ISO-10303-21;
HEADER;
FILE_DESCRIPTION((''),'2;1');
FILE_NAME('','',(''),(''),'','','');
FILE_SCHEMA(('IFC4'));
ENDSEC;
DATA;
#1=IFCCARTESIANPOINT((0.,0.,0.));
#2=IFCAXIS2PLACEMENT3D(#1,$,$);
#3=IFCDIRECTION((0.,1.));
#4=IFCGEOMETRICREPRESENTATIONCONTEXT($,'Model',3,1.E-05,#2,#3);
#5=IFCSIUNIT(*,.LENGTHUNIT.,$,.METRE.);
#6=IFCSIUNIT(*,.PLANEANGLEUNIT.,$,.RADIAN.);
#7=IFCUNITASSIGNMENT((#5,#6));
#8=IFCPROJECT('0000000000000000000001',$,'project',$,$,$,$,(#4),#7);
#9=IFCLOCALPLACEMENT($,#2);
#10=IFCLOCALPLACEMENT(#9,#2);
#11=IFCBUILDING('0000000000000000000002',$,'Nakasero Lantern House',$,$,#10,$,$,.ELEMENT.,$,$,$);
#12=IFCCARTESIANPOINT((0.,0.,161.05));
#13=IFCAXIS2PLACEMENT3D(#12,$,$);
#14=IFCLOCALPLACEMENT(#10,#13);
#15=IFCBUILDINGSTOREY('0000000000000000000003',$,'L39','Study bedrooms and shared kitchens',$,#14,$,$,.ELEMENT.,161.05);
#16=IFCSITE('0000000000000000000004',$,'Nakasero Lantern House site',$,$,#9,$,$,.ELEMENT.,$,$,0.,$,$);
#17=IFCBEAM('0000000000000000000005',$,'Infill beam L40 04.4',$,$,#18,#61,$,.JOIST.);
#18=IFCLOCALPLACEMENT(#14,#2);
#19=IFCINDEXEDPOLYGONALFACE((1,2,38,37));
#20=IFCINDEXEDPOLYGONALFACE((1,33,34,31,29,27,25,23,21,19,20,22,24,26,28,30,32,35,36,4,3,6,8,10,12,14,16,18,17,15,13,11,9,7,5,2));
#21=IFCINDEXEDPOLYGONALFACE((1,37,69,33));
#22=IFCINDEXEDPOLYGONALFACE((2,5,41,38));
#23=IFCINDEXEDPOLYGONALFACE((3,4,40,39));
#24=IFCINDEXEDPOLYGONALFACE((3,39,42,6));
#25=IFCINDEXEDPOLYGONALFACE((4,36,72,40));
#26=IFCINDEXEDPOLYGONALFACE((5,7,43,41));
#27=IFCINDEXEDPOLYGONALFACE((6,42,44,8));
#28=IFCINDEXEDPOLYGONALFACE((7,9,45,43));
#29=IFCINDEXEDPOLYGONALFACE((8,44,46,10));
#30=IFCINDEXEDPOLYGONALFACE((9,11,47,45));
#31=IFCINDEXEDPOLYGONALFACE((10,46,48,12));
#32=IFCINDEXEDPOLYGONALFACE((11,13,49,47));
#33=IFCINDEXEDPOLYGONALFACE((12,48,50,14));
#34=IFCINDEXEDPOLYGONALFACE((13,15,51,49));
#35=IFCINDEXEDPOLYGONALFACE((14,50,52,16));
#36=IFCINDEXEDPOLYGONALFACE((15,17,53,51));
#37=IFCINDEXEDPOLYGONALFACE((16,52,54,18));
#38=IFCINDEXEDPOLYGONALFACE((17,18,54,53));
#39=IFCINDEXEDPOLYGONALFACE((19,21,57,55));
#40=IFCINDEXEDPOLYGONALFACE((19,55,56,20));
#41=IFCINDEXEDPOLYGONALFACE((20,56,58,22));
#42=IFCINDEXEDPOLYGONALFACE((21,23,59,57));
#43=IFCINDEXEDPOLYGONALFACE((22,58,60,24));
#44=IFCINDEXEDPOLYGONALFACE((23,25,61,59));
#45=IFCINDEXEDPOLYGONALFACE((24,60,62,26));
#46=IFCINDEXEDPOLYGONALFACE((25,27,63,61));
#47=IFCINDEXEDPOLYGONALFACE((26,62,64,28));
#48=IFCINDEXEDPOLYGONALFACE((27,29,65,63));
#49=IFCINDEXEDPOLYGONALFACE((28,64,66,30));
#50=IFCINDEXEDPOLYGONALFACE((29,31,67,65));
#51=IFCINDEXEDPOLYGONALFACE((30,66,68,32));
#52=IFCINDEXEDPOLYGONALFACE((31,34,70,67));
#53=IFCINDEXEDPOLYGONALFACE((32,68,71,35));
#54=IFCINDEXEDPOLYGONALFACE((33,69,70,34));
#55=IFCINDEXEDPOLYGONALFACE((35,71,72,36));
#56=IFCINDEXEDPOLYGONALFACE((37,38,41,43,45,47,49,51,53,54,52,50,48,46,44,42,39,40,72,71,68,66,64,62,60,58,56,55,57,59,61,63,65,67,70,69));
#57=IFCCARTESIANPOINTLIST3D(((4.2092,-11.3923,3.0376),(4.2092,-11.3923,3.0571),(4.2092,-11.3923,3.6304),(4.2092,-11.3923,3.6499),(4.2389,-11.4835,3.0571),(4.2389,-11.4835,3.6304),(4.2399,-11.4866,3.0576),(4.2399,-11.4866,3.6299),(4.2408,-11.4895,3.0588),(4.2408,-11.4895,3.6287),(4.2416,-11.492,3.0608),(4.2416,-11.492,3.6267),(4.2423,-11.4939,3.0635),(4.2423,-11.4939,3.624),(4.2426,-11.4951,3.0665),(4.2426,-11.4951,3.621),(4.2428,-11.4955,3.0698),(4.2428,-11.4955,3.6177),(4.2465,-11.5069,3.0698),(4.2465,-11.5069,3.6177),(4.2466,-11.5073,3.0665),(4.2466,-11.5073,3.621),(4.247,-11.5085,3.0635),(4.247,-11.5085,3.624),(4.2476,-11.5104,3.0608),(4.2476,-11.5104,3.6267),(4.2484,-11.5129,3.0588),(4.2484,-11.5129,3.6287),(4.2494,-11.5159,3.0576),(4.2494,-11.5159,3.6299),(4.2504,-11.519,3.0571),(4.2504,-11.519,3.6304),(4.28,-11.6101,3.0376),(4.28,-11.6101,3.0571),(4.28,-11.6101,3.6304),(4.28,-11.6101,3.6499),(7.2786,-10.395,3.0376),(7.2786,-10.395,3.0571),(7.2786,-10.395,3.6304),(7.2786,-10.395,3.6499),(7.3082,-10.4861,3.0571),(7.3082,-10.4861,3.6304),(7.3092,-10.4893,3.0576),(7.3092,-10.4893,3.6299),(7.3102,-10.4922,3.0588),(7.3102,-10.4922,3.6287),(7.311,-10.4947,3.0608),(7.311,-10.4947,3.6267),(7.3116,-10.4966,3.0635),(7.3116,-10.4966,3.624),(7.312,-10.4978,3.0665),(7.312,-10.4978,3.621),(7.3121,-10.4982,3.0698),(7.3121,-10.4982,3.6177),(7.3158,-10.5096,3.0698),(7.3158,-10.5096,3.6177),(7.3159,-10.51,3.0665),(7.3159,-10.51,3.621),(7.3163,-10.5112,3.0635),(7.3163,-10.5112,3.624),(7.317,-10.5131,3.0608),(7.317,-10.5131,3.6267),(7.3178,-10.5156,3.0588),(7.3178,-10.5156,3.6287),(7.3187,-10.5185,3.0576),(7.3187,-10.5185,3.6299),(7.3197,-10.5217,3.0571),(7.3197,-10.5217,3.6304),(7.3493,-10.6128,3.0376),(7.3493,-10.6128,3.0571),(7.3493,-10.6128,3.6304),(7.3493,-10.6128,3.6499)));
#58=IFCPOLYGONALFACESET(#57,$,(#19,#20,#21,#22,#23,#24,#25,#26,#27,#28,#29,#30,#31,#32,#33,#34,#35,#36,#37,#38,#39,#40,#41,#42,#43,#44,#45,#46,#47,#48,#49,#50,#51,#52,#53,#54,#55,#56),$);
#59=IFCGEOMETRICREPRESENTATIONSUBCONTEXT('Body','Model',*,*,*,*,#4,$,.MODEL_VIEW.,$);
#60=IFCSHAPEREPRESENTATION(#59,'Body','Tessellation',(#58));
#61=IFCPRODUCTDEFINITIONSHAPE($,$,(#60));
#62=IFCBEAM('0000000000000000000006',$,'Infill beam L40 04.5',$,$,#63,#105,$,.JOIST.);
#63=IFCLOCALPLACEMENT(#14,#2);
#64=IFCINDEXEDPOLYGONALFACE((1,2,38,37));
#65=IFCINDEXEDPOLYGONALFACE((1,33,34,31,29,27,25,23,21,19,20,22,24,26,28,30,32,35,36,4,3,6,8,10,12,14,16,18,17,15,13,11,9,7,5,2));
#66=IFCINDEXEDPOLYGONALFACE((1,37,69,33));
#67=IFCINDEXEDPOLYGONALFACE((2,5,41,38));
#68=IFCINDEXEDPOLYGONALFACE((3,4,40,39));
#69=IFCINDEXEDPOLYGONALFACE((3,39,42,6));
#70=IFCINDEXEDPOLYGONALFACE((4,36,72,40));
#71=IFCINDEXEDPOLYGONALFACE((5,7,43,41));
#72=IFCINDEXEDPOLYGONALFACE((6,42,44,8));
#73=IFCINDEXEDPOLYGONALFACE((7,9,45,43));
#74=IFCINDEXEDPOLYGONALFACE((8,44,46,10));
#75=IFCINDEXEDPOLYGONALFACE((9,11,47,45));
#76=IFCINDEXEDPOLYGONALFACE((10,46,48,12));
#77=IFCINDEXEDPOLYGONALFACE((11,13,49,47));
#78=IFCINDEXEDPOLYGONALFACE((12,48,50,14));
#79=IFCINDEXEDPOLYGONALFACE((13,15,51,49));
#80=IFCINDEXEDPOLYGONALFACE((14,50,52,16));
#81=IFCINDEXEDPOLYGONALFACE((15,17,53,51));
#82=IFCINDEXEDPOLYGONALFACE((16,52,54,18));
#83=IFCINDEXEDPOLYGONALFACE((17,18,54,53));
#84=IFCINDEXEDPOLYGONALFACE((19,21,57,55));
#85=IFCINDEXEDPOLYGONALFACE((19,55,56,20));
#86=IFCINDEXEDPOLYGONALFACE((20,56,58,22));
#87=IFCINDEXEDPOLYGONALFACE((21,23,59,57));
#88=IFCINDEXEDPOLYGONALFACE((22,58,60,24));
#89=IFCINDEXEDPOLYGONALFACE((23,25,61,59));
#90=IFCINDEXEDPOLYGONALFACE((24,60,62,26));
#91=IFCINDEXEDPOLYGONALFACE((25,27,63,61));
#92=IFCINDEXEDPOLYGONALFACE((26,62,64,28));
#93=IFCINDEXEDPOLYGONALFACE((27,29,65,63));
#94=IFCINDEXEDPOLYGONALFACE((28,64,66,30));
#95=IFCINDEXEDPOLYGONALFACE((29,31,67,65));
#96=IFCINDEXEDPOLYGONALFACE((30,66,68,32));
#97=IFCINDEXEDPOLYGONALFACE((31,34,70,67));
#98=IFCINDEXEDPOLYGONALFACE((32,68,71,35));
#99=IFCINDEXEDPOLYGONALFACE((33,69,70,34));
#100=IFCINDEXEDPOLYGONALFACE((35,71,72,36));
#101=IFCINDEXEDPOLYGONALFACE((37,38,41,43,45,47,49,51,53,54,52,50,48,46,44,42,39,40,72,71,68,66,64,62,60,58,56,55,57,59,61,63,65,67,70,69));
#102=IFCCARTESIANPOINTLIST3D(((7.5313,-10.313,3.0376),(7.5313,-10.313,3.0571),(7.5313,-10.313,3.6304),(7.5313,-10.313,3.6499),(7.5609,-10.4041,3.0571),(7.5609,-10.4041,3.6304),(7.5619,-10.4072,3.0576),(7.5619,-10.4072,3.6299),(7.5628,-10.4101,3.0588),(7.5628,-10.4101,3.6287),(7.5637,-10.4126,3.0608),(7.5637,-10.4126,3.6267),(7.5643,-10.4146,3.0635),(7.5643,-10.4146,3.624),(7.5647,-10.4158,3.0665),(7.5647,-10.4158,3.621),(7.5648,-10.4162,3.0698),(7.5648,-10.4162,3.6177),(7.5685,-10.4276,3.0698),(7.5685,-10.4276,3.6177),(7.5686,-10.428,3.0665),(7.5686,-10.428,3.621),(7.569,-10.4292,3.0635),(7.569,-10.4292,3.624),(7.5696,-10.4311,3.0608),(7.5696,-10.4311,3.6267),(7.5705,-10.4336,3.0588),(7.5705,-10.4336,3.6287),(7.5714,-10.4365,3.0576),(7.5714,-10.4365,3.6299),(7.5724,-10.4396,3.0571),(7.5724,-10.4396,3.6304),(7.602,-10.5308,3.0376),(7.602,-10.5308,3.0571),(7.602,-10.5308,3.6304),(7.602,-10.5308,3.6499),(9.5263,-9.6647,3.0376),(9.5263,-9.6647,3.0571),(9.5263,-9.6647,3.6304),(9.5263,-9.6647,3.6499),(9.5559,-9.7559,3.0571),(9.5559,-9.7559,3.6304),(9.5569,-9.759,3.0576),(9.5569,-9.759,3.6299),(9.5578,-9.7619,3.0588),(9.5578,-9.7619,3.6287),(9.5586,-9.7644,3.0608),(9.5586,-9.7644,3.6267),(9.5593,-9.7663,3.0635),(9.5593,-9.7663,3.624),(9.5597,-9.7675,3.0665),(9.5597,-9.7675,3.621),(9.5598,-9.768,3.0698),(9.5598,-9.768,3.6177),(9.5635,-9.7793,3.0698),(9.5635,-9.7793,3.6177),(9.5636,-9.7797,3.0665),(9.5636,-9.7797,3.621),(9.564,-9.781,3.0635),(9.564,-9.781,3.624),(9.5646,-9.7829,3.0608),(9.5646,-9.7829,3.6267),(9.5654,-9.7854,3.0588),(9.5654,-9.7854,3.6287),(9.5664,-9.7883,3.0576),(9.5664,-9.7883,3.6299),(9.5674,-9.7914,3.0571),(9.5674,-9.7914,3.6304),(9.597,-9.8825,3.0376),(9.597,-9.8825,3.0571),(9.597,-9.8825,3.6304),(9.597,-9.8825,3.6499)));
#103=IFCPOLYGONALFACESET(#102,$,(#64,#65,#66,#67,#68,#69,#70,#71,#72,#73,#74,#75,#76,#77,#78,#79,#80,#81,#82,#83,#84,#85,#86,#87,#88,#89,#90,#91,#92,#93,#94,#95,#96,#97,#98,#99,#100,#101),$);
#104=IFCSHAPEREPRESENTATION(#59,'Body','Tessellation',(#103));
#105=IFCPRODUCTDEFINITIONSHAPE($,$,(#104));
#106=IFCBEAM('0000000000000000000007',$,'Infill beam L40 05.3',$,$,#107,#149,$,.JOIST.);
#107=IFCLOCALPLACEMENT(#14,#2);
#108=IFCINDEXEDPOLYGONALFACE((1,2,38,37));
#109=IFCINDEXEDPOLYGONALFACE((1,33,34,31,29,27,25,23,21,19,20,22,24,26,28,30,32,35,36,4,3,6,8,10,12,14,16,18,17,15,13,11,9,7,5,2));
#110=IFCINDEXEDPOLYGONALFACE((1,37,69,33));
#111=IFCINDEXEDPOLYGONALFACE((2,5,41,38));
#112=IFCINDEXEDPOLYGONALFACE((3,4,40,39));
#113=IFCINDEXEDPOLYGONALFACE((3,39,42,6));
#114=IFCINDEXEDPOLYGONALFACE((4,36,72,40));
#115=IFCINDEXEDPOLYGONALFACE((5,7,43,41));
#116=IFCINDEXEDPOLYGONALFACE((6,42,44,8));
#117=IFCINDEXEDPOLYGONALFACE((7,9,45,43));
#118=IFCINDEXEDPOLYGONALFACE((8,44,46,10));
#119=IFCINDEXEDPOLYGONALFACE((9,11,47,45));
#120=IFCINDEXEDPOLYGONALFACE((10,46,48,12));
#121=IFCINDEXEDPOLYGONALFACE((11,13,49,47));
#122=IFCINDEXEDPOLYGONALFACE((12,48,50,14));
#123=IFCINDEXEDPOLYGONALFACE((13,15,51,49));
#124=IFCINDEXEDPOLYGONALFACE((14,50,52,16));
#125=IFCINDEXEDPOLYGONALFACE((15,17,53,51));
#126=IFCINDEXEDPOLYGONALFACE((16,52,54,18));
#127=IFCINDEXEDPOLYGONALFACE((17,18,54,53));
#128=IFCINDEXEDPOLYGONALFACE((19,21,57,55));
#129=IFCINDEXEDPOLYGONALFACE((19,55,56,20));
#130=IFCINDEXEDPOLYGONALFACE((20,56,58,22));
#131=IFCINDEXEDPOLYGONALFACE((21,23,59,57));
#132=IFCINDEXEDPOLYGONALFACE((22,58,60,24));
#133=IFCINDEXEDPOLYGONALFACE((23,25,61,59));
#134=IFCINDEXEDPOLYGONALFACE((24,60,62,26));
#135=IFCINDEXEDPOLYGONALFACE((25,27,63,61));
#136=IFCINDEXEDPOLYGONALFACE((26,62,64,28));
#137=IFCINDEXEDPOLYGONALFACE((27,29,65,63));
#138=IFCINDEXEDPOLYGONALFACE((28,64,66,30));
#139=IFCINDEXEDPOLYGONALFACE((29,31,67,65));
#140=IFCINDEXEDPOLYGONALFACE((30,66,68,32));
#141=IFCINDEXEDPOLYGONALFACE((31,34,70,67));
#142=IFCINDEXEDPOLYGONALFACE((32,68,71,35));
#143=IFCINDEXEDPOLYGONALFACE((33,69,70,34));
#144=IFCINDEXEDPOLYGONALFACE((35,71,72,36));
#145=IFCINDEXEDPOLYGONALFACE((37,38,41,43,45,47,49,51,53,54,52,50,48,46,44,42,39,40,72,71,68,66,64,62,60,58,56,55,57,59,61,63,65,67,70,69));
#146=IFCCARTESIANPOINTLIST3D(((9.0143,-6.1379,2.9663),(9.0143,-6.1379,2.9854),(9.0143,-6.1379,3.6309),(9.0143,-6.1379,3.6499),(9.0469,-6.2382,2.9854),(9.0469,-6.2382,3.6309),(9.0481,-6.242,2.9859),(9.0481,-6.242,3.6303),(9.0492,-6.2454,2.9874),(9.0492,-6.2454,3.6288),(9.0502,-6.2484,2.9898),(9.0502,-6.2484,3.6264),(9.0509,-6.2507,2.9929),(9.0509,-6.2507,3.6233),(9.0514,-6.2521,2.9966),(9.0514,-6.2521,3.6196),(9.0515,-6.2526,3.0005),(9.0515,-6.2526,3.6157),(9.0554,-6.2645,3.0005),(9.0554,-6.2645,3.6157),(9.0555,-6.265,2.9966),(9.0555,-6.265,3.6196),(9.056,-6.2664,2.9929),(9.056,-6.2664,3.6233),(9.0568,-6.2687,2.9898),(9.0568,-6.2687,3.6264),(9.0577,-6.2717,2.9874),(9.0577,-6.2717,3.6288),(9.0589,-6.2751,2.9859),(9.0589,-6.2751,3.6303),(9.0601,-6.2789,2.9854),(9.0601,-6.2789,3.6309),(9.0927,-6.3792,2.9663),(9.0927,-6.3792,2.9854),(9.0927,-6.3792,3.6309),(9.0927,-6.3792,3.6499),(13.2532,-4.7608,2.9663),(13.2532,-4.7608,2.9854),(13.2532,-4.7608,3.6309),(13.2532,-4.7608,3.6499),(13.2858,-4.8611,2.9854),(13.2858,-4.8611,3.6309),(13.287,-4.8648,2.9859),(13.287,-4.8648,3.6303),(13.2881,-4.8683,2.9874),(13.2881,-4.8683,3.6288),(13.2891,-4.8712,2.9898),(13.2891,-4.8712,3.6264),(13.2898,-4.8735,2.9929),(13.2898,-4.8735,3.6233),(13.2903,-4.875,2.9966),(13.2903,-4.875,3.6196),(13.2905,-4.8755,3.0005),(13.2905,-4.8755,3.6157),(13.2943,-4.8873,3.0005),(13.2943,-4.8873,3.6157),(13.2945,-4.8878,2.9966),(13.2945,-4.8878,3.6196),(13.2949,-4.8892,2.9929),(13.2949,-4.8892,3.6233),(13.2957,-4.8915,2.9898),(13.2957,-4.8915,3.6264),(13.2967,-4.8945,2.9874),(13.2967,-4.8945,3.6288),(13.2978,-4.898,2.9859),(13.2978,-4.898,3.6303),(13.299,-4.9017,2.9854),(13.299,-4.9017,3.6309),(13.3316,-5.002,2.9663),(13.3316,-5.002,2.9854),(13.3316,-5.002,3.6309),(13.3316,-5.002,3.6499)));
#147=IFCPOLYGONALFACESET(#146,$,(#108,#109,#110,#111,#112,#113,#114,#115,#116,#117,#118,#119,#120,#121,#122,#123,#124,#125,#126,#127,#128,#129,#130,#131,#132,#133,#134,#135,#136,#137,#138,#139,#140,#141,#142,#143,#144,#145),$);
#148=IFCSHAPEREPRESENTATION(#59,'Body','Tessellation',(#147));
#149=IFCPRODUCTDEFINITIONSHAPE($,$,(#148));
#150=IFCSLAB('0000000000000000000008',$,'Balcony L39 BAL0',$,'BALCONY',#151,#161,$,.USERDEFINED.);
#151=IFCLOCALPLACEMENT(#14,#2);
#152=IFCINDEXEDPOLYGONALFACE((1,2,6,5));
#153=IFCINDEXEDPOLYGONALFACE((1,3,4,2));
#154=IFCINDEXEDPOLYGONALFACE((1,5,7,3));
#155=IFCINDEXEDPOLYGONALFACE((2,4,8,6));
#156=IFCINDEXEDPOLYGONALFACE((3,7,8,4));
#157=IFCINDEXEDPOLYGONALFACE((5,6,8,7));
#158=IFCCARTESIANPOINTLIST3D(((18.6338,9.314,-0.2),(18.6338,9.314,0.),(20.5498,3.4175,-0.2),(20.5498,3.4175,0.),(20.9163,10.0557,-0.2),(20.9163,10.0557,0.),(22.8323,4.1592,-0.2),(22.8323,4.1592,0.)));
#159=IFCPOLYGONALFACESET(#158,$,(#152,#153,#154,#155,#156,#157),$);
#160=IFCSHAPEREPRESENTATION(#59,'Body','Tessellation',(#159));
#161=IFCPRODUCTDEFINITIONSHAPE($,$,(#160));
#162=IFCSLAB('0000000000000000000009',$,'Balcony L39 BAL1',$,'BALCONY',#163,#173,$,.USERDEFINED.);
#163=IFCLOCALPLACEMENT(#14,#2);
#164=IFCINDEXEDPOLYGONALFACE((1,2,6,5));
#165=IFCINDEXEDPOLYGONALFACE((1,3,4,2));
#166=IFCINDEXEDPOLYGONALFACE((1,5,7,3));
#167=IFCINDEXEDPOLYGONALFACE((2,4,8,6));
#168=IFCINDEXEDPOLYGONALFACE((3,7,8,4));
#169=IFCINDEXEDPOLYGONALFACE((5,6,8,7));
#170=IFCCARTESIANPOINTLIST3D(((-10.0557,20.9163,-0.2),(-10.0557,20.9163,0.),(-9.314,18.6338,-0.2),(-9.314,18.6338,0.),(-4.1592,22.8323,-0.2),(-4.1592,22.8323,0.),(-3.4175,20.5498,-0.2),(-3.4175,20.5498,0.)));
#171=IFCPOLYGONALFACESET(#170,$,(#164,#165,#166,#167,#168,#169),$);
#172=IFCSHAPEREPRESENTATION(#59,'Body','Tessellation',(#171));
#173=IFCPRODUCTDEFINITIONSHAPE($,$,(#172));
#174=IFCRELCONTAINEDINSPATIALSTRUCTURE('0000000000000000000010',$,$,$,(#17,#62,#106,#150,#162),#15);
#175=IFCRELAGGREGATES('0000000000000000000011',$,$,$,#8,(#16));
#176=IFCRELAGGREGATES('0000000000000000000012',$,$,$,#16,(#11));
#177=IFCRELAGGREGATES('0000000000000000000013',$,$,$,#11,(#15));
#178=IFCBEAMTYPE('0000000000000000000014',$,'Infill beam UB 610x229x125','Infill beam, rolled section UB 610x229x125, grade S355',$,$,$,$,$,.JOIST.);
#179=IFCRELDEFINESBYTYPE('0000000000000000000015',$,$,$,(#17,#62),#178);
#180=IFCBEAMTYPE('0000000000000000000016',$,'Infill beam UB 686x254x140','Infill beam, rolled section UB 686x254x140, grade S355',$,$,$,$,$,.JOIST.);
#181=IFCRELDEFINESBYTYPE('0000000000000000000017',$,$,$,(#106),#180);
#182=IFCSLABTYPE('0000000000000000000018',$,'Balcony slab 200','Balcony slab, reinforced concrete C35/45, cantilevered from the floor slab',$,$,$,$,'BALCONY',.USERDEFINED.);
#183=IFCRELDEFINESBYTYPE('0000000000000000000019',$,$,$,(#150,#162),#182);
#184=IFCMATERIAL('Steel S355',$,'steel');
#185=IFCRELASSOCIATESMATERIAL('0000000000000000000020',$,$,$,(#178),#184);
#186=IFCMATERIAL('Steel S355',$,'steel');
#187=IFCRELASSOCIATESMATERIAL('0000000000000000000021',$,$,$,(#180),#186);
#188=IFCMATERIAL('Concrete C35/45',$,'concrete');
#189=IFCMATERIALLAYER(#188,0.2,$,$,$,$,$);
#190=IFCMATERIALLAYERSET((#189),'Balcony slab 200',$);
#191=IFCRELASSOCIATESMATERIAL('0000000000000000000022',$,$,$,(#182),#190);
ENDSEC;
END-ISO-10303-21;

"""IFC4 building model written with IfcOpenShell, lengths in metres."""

from ifc_helpers import new_model, si_unit, direction, frame, origin, origin_2d, place, context, subcontext, project, spatial, polyline, i_section, outline, extrude, material, layer, layer_set, material_profile, profile_set, type_object, element, save


model = new_model("IFC4")

# Units and contexts
model_context = context("Model", 3, precision=1e-05, world=origin(), true_north=direction((0.0, 1.0)))
body_context = subcontext(model_context, "Body", "Model", "MODEL_VIEW")
ifc_project = project(units=[si_unit("LENGTHUNIT", "METRE"), si_unit("PLANEANGLEUNIT", "RADIAN")], contexts=[model_context])

# Site, building, storey
site_placement = place(None, origin())
site = spatial("IfcSite", under=ifc_project, at=site_placement, Name="Nakasero Lantern House site", CompositionType="ELEMENT", RefElevation=0.0)
building_placement = place(site_placement, origin())
building = spatial("IfcBuilding", under=site, at=building_placement, Name="Nakasero Lantern House", CompositionType="ELEMENT")
storey_placement = place(building_placement, frame((0.0, 0.0, 161.05)))
storey = spatial("IfcBuildingStorey", under=building, at=storey_placement, Name="L39", Description="Study bedrooms and shared kitchens", CompositionType="ELEMENT", Elevation=161.05)

# Beams
ifc_material_1 = material(Name="Steel S355", Category="steel")
ifc_material_profile_1 = material_profile(ifc_material_1, i_section(OverallWidth=0.229, OverallDepth=0.6123, WebThickness=0.012, FlangeThickness=0.0195, FilletRadius=0.0127, at=origin_2d()), Name="UB 610x229x125")
ifc_profile_set_1 = profile_set([ifc_material_profile_1], Name="Steel S355")
beam_type_1 = type_object("IfcBeamType", Name="Infill beam UB 610x229x125", Description="Infill beam, rolled section UB 610x229x125, grade S355", PredefinedType="JOIST", material=ifc_profile_set_1)
beam_1_placement = place(storey_placement, frame((4.2446, -11.5012, 3.3438), z_axis=(0.951054, 0.309024, 0.0), x_axis=(-0.309024, 0.951054, 0.0)))
element("IfcBeam", 1, at=beam_1_placement, inside=storey, type_object=beam_type_1, Name="Infill beam L40 04.4", PredefinedType="JOIST", context=body_context, shape_type="SweptSolid", body=[
    extrude(i_section(OverallWidth=0.229, OverallDepth=0.6123, WebThickness=0.012, FlangeThickness=0.0195, FilletRadius=0.0127, at=origin_2d()), origin(), (0.0, 0.0, 1.0), 3.2273),
])
beam_2_placement = place(storey_placement, frame((7.5667, -10.4219, 3.3438), z_axis=(0.951054, 0.309026, 0.0), x_axis=(-0.309026, 0.951054, 0.0)))
element("IfcBeam", 2, at=beam_2_placement, inside=storey, type_object=beam_type_1, Name="Infill beam L40 04.5", PredefinedType="JOIST", context=body_context, shape_type="SweptSolid", body=[
    extrude(i_section(OverallWidth=0.229, OverallDepth=0.6123, WebThickness=0.012, FlangeThickness=0.0195, FilletRadius=0.0127, at=origin_2d()), origin(), (0.0, 0.0, 1.0), 2.0977),
])
ifc_material_2 = material(Name="Steel S355", Category="steel")
ifc_material_profile_2 = material_profile(ifc_material_2, i_section(OverallWidth=0.2537, OverallDepth=0.6836, WebThickness=0.0125, FlangeThickness=0.019, FilletRadius=0.0151, at=origin_2d()), Name="UB 686x254x140")
ifc_profile_set_2 = profile_set([ifc_material_profile_2], Name="Steel S355")
beam_type_2 = type_object("IfcBeamType", Name="Infill beam UB 686x254x140", Description="Infill beam, rolled section UB 686x254x140, grade S355", PredefinedType="JOIST", material=ifc_profile_set_2)
beam_3_placement = place(storey_placement, frame((9.0535, -6.2585, 3.3081), z_axis=(0.951066, 0.308988, 0.0), x_axis=(-0.308988, 0.951066, 0.0)))
element("IfcBeam", 3, at=beam_3_placement, inside=storey, type_object=beam_type_2, Name="Infill beam L40 05.3", PredefinedType="JOIST", context=body_context, shape_type="SweptSolid", body=[
    extrude(i_section(OverallWidth=0.2537, OverallDepth=0.6836, WebThickness=0.0125, FlangeThickness=0.019, FilletRadius=0.0151, at=origin_2d()), origin(), (0.0, 0.0, 1.0), 4.457),
])

# Slabs
ifc_material_3 = material(Name="Concrete C35/45", Category="concrete")
ifc_layer_1 = layer(ifc_material_3, 0.2)
ifc_layer_set_1 = layer_set([ifc_layer_1], Name="Balcony slab 200")
slab_type_1 = type_object("IfcSlabType", Name="Balcony slab 200", Description="Balcony slab, reinforced concrete C35/45, cantilevered from the floor slab", ElementType="BALCONY", PredefinedType="USERDEFINED", material=ifc_layer_set_1)
slab_1_placement = place(storey_placement, frame((0.0, 0.0, -0.2)))
element("IfcSlab", 4, at=slab_1_placement, inside=storey, type_object=slab_type_1, Name="Balcony L39 BAL0", ObjectType="BALCONY", PredefinedType="USERDEFINED", context=body_context, shape_type="SweptSolid", body=[
    extrude(outline(polyline([(20.5498, 3.4175), (22.8323, 4.1592), (20.9163, 10.0557), (18.6338, 9.314), (20.5498, 3.4175)])), origin(), (0.0, 0.0, 1.0), 0.2),
])
slab_2_placement = place(storey_placement, frame((0.0, 0.0, -0.2)))
element("IfcSlab", 5, at=slab_2_placement, inside=storey, type_object=slab_type_1, Name="Balcony L39 BAL1", ObjectType="BALCONY", PredefinedType="USERDEFINED", context=body_context, shape_type="SweptSolid", body=[
    extrude(outline(polyline([(-3.4175, 20.5498), (-4.1592, 22.8323), (-10.0557, 20.9163), (-9.314, 18.6338), (-3.4175, 20.5498)])), origin(), (0.0, 0.0, 1.0), 0.2),
])

save(model, "model.ifc")
